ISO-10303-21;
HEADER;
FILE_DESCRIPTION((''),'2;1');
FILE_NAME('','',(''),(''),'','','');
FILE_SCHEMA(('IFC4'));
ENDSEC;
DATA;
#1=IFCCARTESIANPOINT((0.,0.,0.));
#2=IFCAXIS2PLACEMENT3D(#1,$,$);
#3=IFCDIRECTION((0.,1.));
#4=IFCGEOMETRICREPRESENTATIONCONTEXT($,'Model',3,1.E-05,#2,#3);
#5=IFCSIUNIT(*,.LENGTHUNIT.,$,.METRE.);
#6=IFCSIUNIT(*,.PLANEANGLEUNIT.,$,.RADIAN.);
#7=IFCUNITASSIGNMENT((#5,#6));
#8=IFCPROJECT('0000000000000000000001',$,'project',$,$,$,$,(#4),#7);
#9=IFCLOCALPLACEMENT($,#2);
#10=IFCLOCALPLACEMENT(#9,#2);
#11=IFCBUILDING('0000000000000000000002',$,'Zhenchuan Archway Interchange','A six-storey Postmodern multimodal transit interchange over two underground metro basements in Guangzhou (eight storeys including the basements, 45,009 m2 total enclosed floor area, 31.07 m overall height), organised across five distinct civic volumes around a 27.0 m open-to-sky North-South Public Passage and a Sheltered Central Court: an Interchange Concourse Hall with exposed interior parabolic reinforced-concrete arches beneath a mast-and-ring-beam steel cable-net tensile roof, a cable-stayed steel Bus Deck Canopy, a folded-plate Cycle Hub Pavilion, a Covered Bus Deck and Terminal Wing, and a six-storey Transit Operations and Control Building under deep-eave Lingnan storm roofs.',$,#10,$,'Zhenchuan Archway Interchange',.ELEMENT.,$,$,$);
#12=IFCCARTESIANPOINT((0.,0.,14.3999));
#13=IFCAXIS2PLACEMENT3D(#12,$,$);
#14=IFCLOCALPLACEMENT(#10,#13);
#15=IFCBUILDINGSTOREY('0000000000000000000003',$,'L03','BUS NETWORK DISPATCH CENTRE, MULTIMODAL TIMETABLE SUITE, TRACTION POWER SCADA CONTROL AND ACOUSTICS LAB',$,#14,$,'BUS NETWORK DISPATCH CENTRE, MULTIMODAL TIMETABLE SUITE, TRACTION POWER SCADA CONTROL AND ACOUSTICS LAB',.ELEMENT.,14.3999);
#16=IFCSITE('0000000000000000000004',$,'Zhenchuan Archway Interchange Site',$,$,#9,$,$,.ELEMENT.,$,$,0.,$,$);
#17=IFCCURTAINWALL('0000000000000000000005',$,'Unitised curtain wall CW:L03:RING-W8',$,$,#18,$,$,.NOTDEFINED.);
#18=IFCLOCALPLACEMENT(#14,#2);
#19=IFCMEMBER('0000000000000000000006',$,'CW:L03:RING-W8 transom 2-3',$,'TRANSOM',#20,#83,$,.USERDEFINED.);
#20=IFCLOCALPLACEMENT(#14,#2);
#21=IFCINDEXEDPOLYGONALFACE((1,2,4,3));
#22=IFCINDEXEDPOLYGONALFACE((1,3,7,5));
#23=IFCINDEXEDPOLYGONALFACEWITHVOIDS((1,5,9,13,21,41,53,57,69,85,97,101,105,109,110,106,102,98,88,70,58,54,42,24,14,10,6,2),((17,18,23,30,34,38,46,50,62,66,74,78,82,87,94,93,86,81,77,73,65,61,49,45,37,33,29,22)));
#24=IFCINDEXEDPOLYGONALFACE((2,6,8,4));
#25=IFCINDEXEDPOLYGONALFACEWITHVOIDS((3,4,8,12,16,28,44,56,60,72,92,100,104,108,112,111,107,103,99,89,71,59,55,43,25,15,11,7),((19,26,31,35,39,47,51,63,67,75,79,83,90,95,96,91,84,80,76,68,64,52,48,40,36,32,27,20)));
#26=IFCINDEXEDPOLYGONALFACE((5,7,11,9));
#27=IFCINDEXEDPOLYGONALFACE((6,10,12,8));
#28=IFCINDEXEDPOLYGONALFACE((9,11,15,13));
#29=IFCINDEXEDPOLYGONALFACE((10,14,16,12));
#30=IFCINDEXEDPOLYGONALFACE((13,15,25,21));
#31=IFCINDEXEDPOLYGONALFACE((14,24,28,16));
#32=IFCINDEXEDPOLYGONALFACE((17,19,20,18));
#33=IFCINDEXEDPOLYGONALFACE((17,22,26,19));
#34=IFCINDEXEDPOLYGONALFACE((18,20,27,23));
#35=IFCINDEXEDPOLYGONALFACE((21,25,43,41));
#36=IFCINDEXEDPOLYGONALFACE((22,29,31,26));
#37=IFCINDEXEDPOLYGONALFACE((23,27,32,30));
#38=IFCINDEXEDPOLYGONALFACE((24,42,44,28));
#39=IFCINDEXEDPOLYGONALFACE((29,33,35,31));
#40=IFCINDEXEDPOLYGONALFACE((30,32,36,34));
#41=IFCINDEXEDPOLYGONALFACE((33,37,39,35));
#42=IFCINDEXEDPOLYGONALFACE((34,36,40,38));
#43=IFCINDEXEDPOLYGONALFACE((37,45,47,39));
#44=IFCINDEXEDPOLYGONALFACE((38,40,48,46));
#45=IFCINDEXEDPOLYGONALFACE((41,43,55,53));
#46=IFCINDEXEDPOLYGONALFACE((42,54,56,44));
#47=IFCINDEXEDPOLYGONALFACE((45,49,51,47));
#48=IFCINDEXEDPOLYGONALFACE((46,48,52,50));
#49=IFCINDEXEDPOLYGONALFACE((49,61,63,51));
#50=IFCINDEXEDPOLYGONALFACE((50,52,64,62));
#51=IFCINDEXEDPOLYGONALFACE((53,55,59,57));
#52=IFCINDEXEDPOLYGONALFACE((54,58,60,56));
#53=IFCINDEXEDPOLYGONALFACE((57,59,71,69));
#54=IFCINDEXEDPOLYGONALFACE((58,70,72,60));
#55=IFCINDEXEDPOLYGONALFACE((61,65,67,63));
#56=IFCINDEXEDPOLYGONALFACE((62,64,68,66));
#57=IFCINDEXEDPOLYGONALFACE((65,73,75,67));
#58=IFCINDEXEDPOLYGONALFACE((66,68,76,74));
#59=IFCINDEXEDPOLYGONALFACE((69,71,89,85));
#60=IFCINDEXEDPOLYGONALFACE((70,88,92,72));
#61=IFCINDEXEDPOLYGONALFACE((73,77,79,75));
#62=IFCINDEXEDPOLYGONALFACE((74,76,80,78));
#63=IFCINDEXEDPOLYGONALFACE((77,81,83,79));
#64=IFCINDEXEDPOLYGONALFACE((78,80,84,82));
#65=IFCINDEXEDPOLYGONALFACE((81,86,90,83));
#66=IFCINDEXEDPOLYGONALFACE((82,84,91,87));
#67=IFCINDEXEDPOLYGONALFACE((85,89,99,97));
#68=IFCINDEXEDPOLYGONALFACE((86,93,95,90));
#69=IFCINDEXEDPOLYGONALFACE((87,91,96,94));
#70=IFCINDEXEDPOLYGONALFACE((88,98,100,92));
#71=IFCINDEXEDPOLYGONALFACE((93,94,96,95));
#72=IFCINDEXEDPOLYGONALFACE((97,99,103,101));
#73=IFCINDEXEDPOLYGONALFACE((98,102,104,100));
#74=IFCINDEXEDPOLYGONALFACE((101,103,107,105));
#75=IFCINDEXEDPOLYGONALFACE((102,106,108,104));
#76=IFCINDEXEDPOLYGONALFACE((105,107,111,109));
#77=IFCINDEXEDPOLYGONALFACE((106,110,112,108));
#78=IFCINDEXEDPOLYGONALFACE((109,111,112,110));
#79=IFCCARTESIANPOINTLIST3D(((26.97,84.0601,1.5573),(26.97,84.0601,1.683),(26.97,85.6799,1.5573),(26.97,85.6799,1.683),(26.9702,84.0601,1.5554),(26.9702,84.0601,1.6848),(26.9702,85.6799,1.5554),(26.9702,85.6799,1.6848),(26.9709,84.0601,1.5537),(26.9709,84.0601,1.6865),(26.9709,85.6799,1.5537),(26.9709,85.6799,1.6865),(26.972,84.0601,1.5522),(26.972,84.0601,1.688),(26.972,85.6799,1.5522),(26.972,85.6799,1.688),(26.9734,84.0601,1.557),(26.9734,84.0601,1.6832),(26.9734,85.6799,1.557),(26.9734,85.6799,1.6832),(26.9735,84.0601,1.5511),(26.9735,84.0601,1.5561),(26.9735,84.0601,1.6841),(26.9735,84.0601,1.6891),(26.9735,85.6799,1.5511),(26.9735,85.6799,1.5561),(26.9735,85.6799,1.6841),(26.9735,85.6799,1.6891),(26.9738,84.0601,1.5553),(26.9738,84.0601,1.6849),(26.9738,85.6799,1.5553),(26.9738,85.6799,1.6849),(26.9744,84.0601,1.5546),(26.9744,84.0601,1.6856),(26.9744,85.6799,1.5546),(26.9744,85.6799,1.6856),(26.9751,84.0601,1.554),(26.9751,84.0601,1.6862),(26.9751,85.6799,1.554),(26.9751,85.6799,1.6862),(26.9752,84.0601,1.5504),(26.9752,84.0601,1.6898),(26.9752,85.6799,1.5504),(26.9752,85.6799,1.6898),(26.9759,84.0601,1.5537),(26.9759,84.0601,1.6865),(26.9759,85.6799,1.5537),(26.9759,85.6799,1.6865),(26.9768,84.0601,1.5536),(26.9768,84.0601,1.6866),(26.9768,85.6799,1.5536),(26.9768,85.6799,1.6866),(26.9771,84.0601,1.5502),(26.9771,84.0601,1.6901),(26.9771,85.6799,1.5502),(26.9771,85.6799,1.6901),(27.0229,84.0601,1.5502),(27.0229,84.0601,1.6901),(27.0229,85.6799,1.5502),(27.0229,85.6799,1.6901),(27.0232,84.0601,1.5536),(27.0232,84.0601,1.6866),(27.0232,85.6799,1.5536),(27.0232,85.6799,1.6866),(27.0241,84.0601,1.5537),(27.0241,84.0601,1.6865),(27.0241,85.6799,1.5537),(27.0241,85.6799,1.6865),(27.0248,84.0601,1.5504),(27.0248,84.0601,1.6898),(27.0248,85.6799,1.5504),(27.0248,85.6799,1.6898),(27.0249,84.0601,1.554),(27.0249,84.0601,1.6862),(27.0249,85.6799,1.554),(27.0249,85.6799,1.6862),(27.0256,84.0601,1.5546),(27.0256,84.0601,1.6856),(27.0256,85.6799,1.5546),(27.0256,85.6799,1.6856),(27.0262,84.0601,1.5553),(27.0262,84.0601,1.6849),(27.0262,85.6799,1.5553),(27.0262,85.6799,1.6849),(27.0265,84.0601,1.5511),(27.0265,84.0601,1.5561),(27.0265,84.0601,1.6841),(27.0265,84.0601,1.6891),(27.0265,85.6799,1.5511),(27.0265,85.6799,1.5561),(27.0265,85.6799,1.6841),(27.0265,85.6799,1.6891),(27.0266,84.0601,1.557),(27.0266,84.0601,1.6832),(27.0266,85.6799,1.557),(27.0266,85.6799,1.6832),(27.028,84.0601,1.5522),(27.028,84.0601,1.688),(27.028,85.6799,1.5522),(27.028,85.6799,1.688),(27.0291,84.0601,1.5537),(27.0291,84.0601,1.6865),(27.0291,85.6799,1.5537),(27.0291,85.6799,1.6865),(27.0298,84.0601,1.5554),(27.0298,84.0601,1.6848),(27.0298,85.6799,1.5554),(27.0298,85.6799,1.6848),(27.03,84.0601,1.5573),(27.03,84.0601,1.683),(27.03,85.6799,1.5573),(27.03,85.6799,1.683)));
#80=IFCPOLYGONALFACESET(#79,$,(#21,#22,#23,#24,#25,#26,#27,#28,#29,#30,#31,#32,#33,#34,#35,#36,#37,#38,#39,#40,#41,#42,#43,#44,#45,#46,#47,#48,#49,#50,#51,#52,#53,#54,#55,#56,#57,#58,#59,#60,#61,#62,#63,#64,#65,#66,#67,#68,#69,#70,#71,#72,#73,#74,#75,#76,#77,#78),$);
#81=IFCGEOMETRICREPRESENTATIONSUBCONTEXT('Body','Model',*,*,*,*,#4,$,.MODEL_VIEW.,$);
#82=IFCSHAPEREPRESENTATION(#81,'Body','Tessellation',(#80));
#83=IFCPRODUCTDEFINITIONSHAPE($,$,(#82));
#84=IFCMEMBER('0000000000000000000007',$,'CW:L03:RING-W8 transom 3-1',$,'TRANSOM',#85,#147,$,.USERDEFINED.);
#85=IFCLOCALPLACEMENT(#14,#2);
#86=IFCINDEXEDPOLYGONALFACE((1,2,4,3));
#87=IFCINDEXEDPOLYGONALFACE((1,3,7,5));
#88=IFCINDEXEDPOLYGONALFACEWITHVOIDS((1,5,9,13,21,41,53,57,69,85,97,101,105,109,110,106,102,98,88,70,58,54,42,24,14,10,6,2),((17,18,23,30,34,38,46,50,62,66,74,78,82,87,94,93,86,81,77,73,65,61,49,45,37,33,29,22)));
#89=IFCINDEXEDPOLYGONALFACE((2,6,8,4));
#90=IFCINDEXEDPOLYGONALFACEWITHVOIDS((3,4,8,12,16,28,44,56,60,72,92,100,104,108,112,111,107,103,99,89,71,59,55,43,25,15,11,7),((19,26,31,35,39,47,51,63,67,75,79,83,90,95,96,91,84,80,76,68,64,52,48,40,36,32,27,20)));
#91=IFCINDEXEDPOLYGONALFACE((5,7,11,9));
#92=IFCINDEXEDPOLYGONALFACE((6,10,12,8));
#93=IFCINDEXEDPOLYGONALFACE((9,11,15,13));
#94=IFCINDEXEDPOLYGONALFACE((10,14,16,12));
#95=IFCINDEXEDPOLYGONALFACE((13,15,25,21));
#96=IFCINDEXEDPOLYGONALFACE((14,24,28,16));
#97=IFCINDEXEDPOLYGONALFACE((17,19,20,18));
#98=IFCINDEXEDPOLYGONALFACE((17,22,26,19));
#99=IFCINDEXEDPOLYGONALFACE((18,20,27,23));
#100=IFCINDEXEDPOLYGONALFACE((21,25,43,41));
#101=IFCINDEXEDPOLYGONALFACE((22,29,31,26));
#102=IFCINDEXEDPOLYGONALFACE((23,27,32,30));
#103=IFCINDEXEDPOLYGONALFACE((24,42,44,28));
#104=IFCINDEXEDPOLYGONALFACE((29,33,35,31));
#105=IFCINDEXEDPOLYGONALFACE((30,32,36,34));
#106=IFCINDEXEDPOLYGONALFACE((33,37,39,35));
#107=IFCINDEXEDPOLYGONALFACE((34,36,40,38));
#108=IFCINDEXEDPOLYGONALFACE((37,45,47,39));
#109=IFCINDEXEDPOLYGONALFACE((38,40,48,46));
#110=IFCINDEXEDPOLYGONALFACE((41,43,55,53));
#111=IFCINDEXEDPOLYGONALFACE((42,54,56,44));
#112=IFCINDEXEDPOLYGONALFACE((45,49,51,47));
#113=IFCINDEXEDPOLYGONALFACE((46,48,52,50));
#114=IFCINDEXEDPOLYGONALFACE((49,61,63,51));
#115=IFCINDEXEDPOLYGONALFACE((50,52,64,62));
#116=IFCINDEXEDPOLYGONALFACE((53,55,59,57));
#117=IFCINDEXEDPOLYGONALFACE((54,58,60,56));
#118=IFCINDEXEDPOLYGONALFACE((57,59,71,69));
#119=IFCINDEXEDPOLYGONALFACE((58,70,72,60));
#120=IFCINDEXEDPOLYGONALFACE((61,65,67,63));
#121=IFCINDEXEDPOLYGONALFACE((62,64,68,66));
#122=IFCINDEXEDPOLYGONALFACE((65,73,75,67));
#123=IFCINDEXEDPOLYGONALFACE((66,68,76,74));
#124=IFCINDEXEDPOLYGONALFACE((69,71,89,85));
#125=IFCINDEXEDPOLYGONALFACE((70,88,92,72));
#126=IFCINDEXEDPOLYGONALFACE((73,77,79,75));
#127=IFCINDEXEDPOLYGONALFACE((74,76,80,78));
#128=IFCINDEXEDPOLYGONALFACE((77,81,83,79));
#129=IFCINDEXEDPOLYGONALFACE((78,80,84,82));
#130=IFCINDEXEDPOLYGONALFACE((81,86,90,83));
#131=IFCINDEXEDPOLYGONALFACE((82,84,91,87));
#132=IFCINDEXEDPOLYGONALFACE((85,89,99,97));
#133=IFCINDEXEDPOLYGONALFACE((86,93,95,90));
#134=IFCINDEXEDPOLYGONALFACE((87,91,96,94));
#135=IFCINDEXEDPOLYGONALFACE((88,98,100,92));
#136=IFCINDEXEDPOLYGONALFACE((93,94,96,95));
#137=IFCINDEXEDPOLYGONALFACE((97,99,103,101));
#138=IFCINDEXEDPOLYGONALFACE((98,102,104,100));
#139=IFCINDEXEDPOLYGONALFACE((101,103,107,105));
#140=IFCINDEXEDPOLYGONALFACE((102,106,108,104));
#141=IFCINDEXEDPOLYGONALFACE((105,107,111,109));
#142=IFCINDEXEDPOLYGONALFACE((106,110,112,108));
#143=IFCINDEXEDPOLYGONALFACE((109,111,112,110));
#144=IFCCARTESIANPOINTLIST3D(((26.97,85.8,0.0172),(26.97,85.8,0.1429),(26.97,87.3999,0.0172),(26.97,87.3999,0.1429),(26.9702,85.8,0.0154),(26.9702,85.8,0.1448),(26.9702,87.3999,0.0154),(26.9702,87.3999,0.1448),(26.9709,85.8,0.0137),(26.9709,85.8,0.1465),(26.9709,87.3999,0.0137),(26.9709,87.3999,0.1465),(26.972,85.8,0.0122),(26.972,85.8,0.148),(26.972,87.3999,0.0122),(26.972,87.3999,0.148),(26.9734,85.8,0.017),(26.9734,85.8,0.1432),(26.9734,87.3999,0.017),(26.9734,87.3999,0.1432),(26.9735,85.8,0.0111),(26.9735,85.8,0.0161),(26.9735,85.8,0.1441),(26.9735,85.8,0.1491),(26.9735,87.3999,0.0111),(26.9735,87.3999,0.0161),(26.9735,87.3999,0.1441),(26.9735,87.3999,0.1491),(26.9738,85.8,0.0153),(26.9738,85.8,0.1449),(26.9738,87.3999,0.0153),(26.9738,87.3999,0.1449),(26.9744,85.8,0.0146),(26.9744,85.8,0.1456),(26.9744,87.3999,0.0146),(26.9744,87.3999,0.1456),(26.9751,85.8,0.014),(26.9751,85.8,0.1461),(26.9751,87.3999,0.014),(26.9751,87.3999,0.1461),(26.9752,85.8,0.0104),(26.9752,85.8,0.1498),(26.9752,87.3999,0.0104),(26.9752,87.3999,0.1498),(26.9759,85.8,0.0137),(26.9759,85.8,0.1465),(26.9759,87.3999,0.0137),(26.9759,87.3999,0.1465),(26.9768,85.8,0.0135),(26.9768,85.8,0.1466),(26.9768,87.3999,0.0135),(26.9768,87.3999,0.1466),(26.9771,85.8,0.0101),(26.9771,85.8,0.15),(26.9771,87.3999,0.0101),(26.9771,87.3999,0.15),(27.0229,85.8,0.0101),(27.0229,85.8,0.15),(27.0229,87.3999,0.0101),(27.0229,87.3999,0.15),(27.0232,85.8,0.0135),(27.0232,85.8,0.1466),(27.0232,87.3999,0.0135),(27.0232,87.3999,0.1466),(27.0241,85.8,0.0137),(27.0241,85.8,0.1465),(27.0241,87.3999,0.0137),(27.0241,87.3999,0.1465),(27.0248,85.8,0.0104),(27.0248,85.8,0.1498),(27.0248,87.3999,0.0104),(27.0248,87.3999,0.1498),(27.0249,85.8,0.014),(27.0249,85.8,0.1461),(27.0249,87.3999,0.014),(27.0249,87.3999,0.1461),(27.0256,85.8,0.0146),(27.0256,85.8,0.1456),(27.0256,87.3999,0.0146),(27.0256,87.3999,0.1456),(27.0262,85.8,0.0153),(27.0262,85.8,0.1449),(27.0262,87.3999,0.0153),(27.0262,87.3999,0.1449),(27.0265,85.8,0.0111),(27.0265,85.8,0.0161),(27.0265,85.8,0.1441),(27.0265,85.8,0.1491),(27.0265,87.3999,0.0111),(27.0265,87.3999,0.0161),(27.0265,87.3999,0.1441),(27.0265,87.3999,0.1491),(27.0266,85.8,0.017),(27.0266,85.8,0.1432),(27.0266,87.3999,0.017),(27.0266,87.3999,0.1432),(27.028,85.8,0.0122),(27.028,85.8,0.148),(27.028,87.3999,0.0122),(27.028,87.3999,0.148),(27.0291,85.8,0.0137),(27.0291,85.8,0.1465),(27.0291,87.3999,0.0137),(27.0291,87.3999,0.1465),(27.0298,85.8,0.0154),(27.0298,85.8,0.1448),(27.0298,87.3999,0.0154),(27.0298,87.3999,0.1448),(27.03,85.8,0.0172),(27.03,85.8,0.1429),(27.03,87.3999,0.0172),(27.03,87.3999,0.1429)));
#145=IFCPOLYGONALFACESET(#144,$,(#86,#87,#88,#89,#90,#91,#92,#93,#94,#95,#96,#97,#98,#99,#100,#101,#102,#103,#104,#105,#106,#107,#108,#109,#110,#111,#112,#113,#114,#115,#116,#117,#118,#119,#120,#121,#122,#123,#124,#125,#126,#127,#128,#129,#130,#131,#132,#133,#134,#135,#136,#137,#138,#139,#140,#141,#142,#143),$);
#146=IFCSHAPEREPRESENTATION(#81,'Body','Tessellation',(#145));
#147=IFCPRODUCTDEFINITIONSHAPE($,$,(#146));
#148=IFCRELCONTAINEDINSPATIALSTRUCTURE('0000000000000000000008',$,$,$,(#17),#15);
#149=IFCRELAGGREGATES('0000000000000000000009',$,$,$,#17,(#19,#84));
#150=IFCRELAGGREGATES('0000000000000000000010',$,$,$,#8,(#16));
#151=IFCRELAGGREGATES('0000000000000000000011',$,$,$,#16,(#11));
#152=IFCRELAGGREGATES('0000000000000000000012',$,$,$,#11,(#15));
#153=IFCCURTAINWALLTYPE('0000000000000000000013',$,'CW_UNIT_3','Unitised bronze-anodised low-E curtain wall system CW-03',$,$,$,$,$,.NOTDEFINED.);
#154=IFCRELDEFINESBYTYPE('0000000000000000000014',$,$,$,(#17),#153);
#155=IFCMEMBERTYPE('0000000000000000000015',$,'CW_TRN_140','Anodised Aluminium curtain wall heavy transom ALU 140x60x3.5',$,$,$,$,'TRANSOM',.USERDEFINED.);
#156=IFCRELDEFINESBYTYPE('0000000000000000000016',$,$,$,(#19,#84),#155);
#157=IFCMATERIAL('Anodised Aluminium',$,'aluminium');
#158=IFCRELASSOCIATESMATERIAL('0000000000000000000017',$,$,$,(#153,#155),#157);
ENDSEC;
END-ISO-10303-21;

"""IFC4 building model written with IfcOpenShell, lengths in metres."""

from ifc_helpers import new_model, si_unit, direction, frame, origin, origin_2d, place, context, subcontext, project, spatial, hollow_rectangle, extrude, material, material_profile, profile_set, type_object, element, aggregate, save


model = new_model("IFC4")

# Units and contexts
model_context = context("Model", 3, precision=1e-05, world=origin(), true_north=direction((0.0, 1.0)))
body_context = subcontext(model_context, "Body", "Model", "MODEL_VIEW")
ifc_project = project(units=[si_unit("LENGTHUNIT", "METRE"), si_unit("PLANEANGLEUNIT", "RADIAN")], contexts=[model_context])

# Site, building, storey
site_placement = place(None, origin())
site = spatial("IfcSite", under=ifc_project, at=site_placement, Name="Zhenchuan Archway Interchange Site", CompositionType="ELEMENT", RefElevation=0.0)
building_placement = place(site_placement, origin())
building = spatial("IfcBuilding", under=site, at=building_placement, Name="Zhenchuan Archway Interchange", Description="A six-storey Postmodern multimodal transit interchange over two underground metro basements in Guangzhou (eight storeys including the basements, 45,009 m2 total enclosed floor area, 31.07 m overall height), organised across five distinct civic volumes around a 27.0 m open-to-sky North-South Public Passage and a Sheltered Central Court: an Interchange Concourse Hall with exposed interior parabolic reinforced-concrete arches beneath a mast-and-ring-beam steel cable-net tensile roof, a cable-stayed steel Bus Deck Canopy, a folded-plate Cycle Hub Pavilion, a Covered Bus Deck and Terminal Wing, and a six-storey Transit Operations and Control Building under deep-eave Lingnan storm roofs.", LongName="Zhenchuan Archway Interchange", CompositionType="ELEMENT")
storey_placement = place(building_placement, frame((0.0, 0.0, 14.3999)))
storey = spatial("IfcBuildingStorey", under=building, at=storey_placement, Name="L03", Description="BUS NETWORK DISPATCH CENTRE, MULTIMODAL TIMETABLE SUITE, TRACTION POWER SCADA CONTROL AND ACOUSTICS LAB", LongName="BUS NETWORK DISPATCH CENTRE, MULTIMODAL TIMETABLE SUITE, TRACTION POWER SCADA CONTROL AND ACOUSTICS LAB", CompositionType="ELEMENT", Elevation=14.3999)

# Curtain wall, members
ifc_material_1 = material(Name="Anodised Aluminium", Category="aluminium")
curtain_wall_type = type_object("IfcCurtainWallType", Name="CW_UNIT_3", Description="Unitised bronze-anodised low-E curtain wall system CW-03", PredefinedType="NOTDEFINED", material=ifc_material_1)
curtain_wall_placement = place(storey_placement, origin())
curtain_wall = element("IfcCurtainWall", 1, at=curtain_wall_placement, inside=storey, type_object=curtain_wall_type, Name="Unitised curtain wall CW:L03:RING-W8", PredefinedType="NOTDEFINED")
ifc_material_profile_1 = material_profile(ifc_material_1, hollow_rectangle(XDim=0.0601, YDim=0.1399, WallThickness=0.0034, InnerFilletRadius=0.0034, OuterFilletRadius=0.0071, at=origin_2d()), Name="ALU 140x60x3.5")
ifc_profile_set_1 = profile_set([ifc_material_profile_1], Name="Anodised Aluminium")
member_type_1 = type_object("IfcMemberType", Name="CW_TRN_140", Description="Anodised Aluminium curtain wall heavy transom ALU 140x60x3.5", ElementType="TRANSOM", PredefinedType="USERDEFINED", material=ifc_profile_set_1)
member_1_placement = place(storey_placement, frame((27.0, 84.0601, 1.6201), z_axis=(0.0, 1.0, 0.0), x_axis=(-1.0, 0.0, 0.0)))
member_1 = element("IfcMember", 2, at=member_1_placement, type_object=member_type_1, Name="CW:L03:RING-W8 transom 2-3", ObjectType="TRANSOM", PredefinedType="USERDEFINED", context=body_context, shape_type="SweptSolid", body=[
    extrude(hollow_rectangle(XDim=0.0601, YDim=0.1399, WallThickness=0.0034, InnerFilletRadius=0.0034, OuterFilletRadius=0.0071, at=origin_2d()), origin(), (0.0, 0.0, 1.0), 1.6199),
])
member_2_placement = place(storey_placement, frame((27.0, 85.8, 0.0801), z_axis=(0.0, 1.0, 0.0), x_axis=(-1.0, 0.0, 0.0)))
member_2 = element("IfcMember", 3, at=member_2_placement, type_object=member_type_1, Name="CW:L03:RING-W8 transom 3-1", ObjectType="TRANSOM", PredefinedType="USERDEFINED", context=body_context, shape_type="SweptSolid", body=[
    extrude(hollow_rectangle(XDim=0.0601, YDim=0.1399, WallThickness=0.0034, InnerFilletRadius=0.0034, OuterFilletRadius=0.0071, at=origin_2d()), origin(), (0.0, 0.0, 1.0), 1.5999),
])

aggregate(curtain_wall, [member_1, member_2])

save(model, "model.ifc")
